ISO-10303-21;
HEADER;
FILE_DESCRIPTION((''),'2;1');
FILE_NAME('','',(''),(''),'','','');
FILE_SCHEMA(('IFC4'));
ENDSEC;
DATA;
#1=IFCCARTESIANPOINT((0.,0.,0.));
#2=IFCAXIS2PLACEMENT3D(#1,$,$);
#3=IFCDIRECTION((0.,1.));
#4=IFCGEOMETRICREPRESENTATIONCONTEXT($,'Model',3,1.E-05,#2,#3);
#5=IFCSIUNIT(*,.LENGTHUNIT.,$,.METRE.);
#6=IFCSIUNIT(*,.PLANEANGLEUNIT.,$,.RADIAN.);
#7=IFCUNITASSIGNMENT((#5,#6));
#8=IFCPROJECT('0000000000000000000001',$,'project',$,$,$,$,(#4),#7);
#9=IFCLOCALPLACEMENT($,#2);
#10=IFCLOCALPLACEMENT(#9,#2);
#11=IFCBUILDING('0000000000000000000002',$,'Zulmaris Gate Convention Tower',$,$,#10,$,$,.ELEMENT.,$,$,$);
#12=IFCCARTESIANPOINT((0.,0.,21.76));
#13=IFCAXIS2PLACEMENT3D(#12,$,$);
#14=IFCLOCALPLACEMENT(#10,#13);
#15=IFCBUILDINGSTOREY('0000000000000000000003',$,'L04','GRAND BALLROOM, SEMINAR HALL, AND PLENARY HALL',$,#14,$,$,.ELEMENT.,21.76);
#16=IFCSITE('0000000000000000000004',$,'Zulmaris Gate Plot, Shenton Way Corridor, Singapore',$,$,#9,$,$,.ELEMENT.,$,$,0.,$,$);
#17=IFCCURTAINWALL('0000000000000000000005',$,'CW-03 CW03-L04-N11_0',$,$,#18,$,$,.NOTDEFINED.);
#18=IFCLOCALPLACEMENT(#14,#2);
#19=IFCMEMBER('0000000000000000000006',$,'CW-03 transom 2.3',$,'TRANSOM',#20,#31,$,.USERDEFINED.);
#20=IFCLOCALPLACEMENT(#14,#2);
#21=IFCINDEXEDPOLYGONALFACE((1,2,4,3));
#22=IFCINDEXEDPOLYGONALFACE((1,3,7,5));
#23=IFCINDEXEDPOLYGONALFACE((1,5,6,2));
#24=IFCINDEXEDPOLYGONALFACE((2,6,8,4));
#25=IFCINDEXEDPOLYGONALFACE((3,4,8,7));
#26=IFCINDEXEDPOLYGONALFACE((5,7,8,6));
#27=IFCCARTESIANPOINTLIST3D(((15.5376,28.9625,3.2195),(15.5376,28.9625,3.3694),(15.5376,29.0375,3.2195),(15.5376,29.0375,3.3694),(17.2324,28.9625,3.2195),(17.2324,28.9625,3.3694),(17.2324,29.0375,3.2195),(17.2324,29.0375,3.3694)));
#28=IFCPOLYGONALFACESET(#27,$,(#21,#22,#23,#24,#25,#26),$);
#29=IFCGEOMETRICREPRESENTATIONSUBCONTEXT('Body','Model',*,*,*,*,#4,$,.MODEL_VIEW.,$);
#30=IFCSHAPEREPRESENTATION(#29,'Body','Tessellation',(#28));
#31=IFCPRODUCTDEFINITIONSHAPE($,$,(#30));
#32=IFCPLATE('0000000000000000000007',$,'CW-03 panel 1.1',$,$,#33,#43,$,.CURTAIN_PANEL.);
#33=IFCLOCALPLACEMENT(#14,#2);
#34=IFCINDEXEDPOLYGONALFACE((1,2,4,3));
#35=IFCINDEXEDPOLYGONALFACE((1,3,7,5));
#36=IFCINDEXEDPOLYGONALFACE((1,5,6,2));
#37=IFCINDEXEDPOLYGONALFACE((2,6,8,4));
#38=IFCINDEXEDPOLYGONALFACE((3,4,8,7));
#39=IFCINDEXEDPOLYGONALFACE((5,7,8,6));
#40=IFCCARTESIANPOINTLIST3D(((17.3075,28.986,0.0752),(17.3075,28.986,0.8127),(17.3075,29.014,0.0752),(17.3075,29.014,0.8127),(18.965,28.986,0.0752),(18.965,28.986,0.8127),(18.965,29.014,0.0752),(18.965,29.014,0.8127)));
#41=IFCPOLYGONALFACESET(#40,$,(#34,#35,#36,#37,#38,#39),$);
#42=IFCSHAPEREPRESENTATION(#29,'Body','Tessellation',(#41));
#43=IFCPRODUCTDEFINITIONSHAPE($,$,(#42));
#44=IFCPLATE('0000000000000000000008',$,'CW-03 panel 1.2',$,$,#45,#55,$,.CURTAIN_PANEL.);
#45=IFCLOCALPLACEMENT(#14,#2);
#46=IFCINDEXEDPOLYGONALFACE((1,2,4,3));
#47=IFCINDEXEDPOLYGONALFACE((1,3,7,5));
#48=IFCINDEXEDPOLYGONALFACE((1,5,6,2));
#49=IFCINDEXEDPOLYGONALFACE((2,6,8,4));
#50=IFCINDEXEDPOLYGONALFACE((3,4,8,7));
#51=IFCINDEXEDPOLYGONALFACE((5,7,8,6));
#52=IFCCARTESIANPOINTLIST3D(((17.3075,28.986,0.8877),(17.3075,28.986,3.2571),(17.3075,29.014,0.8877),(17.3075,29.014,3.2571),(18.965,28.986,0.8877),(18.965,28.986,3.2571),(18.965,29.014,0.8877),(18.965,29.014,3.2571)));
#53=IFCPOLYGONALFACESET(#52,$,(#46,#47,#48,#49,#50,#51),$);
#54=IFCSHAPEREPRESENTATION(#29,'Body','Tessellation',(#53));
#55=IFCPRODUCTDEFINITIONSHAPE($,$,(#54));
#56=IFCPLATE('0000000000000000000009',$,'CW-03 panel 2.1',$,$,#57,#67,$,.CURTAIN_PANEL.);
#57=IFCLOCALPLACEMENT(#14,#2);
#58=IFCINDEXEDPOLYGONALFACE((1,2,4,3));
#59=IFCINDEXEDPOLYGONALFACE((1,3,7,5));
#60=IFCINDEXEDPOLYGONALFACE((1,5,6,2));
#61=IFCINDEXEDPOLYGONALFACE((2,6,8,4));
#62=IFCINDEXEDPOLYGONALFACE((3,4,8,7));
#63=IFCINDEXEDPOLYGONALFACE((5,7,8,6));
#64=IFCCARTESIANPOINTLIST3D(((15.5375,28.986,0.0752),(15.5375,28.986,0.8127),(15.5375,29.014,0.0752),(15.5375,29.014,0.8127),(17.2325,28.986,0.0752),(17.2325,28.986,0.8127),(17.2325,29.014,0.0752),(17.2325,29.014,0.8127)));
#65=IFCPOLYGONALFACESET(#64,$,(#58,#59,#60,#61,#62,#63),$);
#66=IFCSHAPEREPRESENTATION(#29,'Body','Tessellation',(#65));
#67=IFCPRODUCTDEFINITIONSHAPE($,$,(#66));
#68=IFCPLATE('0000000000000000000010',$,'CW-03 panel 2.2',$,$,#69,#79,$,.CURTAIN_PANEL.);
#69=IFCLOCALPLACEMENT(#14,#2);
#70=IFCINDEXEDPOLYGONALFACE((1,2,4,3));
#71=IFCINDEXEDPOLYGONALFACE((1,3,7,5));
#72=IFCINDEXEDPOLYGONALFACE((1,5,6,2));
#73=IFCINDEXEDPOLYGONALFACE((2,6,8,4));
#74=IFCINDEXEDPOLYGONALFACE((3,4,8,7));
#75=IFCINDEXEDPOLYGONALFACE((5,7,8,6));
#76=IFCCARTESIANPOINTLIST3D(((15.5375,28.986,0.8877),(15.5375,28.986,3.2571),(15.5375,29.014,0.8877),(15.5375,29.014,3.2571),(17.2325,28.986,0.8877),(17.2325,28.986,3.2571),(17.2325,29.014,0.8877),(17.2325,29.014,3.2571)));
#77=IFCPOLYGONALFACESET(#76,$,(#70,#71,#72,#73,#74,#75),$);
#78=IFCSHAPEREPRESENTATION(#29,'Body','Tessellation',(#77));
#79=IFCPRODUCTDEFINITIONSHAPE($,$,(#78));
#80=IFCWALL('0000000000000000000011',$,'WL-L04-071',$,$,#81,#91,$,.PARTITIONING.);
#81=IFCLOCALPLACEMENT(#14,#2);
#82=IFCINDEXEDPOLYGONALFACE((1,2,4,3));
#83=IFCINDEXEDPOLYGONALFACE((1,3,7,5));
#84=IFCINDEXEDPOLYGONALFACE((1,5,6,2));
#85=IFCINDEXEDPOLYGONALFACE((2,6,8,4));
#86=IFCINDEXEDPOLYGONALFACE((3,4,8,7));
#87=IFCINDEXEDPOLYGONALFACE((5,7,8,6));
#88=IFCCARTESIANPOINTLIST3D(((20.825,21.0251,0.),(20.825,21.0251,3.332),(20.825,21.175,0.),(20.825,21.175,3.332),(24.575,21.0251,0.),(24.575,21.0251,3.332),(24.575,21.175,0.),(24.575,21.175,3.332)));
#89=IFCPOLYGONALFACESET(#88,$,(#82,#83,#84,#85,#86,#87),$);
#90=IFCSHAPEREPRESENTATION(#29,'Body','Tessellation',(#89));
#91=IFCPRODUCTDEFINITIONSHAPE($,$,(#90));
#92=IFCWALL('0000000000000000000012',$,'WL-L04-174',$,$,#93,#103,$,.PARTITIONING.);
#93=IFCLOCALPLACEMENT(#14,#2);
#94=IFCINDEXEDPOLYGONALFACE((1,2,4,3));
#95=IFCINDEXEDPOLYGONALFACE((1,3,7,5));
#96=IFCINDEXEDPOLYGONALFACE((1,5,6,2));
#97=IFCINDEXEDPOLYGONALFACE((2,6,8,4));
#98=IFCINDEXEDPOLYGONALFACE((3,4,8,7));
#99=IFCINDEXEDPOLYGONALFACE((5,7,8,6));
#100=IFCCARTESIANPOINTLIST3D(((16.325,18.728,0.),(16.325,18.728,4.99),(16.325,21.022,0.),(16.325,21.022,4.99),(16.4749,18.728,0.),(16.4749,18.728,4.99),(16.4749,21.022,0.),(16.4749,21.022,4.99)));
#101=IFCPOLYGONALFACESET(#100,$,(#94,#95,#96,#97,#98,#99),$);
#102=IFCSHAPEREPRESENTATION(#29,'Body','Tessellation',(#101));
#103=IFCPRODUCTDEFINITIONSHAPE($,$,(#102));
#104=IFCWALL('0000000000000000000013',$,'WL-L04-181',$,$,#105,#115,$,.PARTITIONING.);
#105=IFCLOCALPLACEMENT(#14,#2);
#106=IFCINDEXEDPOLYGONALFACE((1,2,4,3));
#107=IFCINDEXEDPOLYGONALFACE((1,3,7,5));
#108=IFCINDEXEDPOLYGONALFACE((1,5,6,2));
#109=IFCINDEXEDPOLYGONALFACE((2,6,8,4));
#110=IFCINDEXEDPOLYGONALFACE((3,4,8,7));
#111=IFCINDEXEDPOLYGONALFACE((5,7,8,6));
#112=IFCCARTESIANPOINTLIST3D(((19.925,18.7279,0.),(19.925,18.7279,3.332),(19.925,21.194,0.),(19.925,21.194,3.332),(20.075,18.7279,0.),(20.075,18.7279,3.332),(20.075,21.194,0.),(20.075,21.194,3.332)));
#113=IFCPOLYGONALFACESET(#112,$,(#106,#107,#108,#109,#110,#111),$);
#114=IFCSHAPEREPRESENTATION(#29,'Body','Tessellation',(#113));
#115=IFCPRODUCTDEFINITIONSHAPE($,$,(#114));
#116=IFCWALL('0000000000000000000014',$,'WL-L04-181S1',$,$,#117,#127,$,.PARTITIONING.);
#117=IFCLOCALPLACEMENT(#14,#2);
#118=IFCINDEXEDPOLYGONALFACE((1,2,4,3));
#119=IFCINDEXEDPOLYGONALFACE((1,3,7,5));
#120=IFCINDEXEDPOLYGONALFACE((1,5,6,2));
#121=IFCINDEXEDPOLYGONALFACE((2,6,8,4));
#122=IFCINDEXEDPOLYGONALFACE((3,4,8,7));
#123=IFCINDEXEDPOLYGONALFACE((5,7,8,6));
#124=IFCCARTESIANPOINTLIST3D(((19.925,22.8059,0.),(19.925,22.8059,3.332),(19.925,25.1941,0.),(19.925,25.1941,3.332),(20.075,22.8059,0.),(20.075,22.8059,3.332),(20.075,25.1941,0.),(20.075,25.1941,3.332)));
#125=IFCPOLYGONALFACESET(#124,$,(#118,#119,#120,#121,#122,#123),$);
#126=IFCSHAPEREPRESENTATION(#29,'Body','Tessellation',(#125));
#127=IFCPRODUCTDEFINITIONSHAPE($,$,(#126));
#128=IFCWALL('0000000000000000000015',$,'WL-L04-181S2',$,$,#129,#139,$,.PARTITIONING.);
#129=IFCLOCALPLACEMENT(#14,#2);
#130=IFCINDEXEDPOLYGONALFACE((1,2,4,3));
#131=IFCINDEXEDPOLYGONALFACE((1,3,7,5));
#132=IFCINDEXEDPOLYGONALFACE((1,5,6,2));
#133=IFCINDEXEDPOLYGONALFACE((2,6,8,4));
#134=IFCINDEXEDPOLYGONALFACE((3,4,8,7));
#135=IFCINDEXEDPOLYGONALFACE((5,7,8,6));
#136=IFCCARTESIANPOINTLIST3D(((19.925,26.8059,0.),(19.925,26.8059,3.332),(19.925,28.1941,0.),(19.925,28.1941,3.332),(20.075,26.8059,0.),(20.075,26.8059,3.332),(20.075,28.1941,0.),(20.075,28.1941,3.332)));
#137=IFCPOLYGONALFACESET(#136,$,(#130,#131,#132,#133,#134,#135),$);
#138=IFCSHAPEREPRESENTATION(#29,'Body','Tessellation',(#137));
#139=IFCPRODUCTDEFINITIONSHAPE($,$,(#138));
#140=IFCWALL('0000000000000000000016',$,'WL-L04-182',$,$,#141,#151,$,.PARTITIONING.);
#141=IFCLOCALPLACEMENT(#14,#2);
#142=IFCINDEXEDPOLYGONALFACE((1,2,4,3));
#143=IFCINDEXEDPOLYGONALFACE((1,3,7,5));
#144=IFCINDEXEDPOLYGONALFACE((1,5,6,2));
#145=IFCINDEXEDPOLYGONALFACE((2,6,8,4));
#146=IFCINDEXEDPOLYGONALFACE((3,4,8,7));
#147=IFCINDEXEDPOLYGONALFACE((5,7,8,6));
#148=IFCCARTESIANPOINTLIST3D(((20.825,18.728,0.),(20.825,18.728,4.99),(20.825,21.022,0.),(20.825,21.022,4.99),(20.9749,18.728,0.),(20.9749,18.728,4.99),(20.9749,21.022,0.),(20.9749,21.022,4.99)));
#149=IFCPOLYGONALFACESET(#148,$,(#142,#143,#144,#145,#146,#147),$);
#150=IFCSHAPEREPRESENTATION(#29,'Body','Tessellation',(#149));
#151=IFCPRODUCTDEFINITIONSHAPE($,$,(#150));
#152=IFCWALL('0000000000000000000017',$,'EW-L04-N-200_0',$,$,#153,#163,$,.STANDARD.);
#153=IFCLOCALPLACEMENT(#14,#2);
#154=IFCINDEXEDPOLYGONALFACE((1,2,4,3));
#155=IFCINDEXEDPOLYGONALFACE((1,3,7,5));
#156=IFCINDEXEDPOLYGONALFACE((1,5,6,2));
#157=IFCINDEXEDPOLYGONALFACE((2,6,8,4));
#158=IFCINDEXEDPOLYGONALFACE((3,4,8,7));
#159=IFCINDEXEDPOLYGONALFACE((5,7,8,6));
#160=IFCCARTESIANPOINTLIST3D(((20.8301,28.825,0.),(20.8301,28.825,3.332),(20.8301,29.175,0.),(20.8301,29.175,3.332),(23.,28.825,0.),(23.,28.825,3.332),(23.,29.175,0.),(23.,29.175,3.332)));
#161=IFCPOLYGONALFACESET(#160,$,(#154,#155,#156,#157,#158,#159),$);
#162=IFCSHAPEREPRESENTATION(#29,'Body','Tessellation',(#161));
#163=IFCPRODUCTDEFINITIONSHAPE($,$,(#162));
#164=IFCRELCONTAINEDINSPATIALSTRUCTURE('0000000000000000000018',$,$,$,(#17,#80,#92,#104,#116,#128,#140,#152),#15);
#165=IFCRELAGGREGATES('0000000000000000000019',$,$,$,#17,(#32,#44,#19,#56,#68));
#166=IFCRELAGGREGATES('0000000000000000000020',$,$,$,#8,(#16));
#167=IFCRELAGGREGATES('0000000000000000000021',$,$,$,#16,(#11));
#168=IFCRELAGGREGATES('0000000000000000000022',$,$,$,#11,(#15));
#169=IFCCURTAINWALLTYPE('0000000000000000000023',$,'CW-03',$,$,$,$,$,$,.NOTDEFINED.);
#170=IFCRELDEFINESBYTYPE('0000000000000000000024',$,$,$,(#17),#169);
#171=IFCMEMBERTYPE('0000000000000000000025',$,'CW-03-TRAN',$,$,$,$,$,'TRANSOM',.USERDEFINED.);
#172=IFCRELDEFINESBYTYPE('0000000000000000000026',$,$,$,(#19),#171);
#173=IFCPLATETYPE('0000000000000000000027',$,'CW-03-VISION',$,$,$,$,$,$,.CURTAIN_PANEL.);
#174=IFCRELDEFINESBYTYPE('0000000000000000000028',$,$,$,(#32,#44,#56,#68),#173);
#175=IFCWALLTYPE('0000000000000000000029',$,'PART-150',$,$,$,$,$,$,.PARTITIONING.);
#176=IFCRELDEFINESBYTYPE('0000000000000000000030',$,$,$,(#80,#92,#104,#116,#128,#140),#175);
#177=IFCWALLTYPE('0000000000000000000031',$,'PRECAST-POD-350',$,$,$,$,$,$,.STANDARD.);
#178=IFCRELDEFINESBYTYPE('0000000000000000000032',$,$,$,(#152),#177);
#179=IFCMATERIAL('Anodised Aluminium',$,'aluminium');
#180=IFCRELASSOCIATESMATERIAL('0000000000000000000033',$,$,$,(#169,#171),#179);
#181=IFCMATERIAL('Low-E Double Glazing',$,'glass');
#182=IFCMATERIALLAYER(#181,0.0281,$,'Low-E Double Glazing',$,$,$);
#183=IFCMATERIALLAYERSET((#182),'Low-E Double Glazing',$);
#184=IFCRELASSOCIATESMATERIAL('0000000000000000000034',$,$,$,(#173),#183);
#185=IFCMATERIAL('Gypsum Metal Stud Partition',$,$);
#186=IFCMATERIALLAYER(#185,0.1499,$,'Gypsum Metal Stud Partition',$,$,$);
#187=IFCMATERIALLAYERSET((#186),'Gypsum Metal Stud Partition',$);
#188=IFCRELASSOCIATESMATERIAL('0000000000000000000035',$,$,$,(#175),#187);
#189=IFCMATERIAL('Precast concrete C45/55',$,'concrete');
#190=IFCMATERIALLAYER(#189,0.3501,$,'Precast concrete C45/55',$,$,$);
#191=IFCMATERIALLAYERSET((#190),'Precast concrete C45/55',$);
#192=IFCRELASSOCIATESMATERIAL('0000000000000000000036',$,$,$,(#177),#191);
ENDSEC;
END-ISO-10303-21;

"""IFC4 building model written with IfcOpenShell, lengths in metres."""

from ifc_helpers import new_model, si_unit, direction, frame, frame_2d, origin, origin_2d, place, context, subcontext, project, spatial, rectangle, extrude, material, layer, layer_set, material_profile, profile_set, type_object, element, aggregate, save


model = new_model("IFC4")

# Units and contexts
model_context = context("Model", 3, precision=1e-05, world=origin(), true_north=direction((0.0, 1.0)))
body_context = subcontext(model_context, "Body", "Model", "MODEL_VIEW")
ifc_project = project(units=[si_unit("LENGTHUNIT", "METRE"), si_unit("PLANEANGLEUNIT", "RADIAN")], contexts=[model_context])

# Site, building, storey
site_placement = place(None, origin())
site = spatial("IfcSite", under=ifc_project, at=site_placement, Name="Zulmaris Gate Plot, Shenton Way Corridor, Singapore", CompositionType="ELEMENT", RefElevation=0.0)
building_placement = place(site_placement, origin())
building = spatial("IfcBuilding", under=site, at=building_placement, Name="Zulmaris Gate Convention Tower", CompositionType="ELEMENT")
storey_placement = place(building_placement, frame((0.0, 0.0, 21.76)))
storey = spatial("IfcBuildingStorey", under=building, at=storey_placement, Name="L04", Description="GRAND BALLROOM, SEMINAR HALL, AND PLENARY HALL", CompositionType="ELEMENT", Elevation=21.76)

# Curtain wall, member, plates
ifc_material_1 = material(Name="Anodised Aluminium", Category="aluminium")
curtain_wall_type = type_object("IfcCurtainWallType", Name="CW-03", PredefinedType="NOTDEFINED", material=ifc_material_1)
curtain_wall_placement = place(storey_placement, origin())
curtain_wall = element("IfcCurtainWall", 1, at=curtain_wall_placement, inside=storey, type_object=curtain_wall_type, Name="CW-03 CW03-L04-N11_0", PredefinedType="NOTDEFINED")
ifc_material_profile_1 = material_profile(ifc_material_1, rectangle(XDim=0.075, YDim=0.1499, at=origin_2d()), Name="ALU TRANSOM 75x150")
ifc_profile_set_1 = profile_set([ifc_material_profile_1], Name="Anodised Aluminium")
member_type_1 = type_object("IfcMemberType", Name="CW-03-TRAN", ElementType="TRANSOM", PredefinedType="USERDEFINED", material=ifc_profile_set_1)
member_1_placement = place(storey_placement, frame((17.2324, 29.0, 3.2944), z_axis=(-1.0, 0.0, 0.0), x_axis=(0.0, -1.0, 0.0)))
member_1 = element("IfcMember", 2, at=member_1_placement, type_object=member_type_1, Name="CW-03 transom 2.3", ObjectType="TRANSOM", PredefinedType="USERDEFINED", context=body_context, shape_type="SweptSolid", body=[
    extrude(rectangle(XDim=0.075, YDim=0.1499, at=origin_2d()), origin(), (0.0, 0.0, 1.0), 1.6948),
])
ifc_material_2 = material(Name="Low-E Double Glazing", Category="glass")
ifc_layer_1 = layer(ifc_material_2, 0.0281, Name="Low-E Double Glazing")
ifc_layer_set_1 = layer_set([ifc_layer_1], Name="Low-E Double Glazing")
plate_type = type_object("IfcPlateType", Name="CW-03-VISION", PredefinedType="CURTAIN_PANEL", material=ifc_layer_set_1)
plate_1_placement = place(storey_placement, frame((18.1362, 29.0, 0.0752), z_axis=(0.0, 0.0, 1.0), x_axis=(-1.0, 0.0, 0.0)))
plate_1 = element("IfcPlate", 3, at=plate_1_placement, type_object=plate_type, Name="CW-03 panel 1.1", PredefinedType="CURTAIN_PANEL", context=body_context, shape_type="SweptSolid", body=[
    extrude(rectangle(XDim=1.6575, YDim=0.0281, at=origin_2d()), origin(), (0.0, 0.0, 1.0), 0.7375),
])
plate_2_placement = place(storey_placement, frame((18.1362, 29.0, 0.8877), z_axis=(0.0, 0.0, 1.0), x_axis=(-1.0, 0.0, 0.0)))
plate_2 = element("IfcPlate", 4, at=plate_2_placement, type_object=plate_type, Name="CW-03 panel 1.2", PredefinedType="CURTAIN_PANEL", context=body_context, shape_type="SweptSolid", body=[
    extrude(rectangle(XDim=1.6575, YDim=0.0281, at=origin_2d()), origin(), (0.0, 0.0, 1.0), 2.3694),
])
plate_3_placement = place(storey_placement, frame((16.385, 29.0, 0.0752), z_axis=(0.0, 0.0, 1.0), x_axis=(-1.0, 0.0, 0.0)))
plate_3 = element("IfcPlate", 5, at=plate_3_placement, type_object=plate_type, Name="CW-03 panel 2.1", PredefinedType="CURTAIN_PANEL", context=body_context, shape_type="SweptSolid", body=[
    extrude(rectangle(XDim=1.6951, YDim=0.0281, at=origin_2d()), origin(), (0.0, 0.0, 1.0), 0.7375),
])
plate_4_placement = place(storey_placement, frame((16.385, 29.0, 0.8877), z_axis=(0.0, 0.0, 1.0), x_axis=(-1.0, 0.0, 0.0)))
plate_4 = element("IfcPlate", 6, at=plate_4_placement, type_object=plate_type, Name="CW-03 panel 2.2", PredefinedType="CURTAIN_PANEL", context=body_context, shape_type="SweptSolid", body=[
    extrude(rectangle(XDim=1.6951, YDim=0.0281, at=origin_2d()), origin(), (0.0, 0.0, 1.0), 2.3694),
])
aggregate(curtain_wall, [plate_1, plate_2, member_1, plate_3, plate_4])

# Walls
ifc_material_3 = material(Name="Gypsum Metal Stud Partition")
ifc_layer_2 = layer(ifc_material_3, 0.1499, Name="Gypsum Metal Stud Partition")
ifc_layer_set_2 = layer_set([ifc_layer_2], Name="Gypsum Metal Stud Partition")
wall_type_1 = type_object("IfcWallType", Name="PART-150", PredefinedType="PARTITIONING", material=ifc_layer_set_2)
wall_1_placement = place(storey_placement, frame((20.825, 21.1001, 0.0), z_axis=(0.0, 0.0, 1.0), x_axis=(1.0, 0.0, 0.0)))
element("IfcWall", 7, at=wall_1_placement, inside=storey, type_object=wall_type_1, Name="WL-L04-071", PredefinedType="PARTITIONING", context=body_context, shape_type="SweptSolid", body=[
    extrude(rectangle(XDim=3.75, YDim=0.1499, at=frame_2d((1.875, 0.0))), origin(), (0.0, 0.0, 1.0), 3.332),
])
wall_2_placement = place(storey_placement, frame((16.3999, 18.728, 0.0), z_axis=(0.0, 0.0, 1.0), x_axis=(0.0, 1.0, 0.0)))
element("IfcWall", 8, at=wall_2_placement, inside=storey, type_object=wall_type_1, Name="WL-L04-174", PredefinedType="PARTITIONING", context=body_context, shape_type="SweptSolid", body=[
    extrude(rectangle(XDim=2.2939, YDim=0.1499, at=frame_2d((1.147, 0.0))), origin(), (0.0, 0.0, 1.0), 4.99),
])
wall_3_placement = place(storey_placement, frame((20.0, 18.728, 0.0), z_axis=(0.0, 0.0, 1.0), x_axis=(0.0, 1.0, 0.0)))
element("IfcWall", 9, at=wall_3_placement, inside=storey, type_object=wall_type_1, Name="WL-L04-181", PredefinedType="PARTITIONING", context=body_context, shape_type="SweptSolid", body=[
    extrude(rectangle(XDim=2.4661, YDim=0.1499, at=frame_2d((1.2329, 0.0))), origin(), (0.0, 0.0, 1.0), 3.332),
])
wall_4_placement = place(storey_placement, frame((20.0, 22.8059, 0.0), z_axis=(0.0, 0.0, 1.0), x_axis=(0.0, 1.0, 0.0)))
element("IfcWall", 10, at=wall_4_placement, inside=storey, type_object=wall_type_1, Name="WL-L04-181S1", PredefinedType="PARTITIONING", context=body_context, shape_type="SweptSolid", body=[
    extrude(rectangle(XDim=2.3882, YDim=0.1499, at=frame_2d((1.1941, 0.0))), origin(), (0.0, 0.0, 1.0), 3.332),
])
wall_5_placement = place(storey_placement, frame((20.0, 26.8059, 0.0), z_axis=(0.0, 0.0, 1.0), x_axis=(0.0, 1.0, 0.0)))
element("IfcWall", 11, at=wall_5_placement, inside=storey, type_object=wall_type_1, Name="WL-L04-181S2", PredefinedType="PARTITIONING", context=body_context, shape_type="SweptSolid", body=[
    extrude(rectangle(XDim=1.3882, YDim=0.1499, at=frame_2d((0.6941, 0.0))), origin(), (0.0, 0.0, 1.0), 3.332),
])
wall_6_placement = place(storey_placement, frame((20.8999, 18.728, 0.0), z_axis=(0.0, 0.0, 1.0), x_axis=(0.0, 1.0, 0.0)))
element("IfcWall", 12, at=wall_6_placement, inside=storey, type_object=wall_type_1, Name="WL-L04-182", PredefinedType="PARTITIONING", context=body_context, shape_type="SweptSolid", body=[
    extrude(rectangle(XDim=2.2939, YDim=0.1499, at=frame_2d((1.147, 0.0))), origin(), (0.0, 0.0, 1.0), 4.99),
])
ifc_material_4 = material(Name="Precast concrete C45/55", Category="concrete")
ifc_layer_3 = layer(ifc_material_4, 0.3501, Name="Precast concrete C45/55")
ifc_layer_set_3 = layer_set([ifc_layer_3], Name="Precast concrete C45/55")
wall_type_2 = type_object("IfcWallType", Name="PRECAST-POD-350", PredefinedType="STANDARD", material=ifc_layer_set_3)
wall_7_placement = place(storey_placement, frame((23.0, 29.0, 0.0), z_axis=(0.0, 0.0, 1.0), x_axis=(-1.0, 0.0, 0.0)))
element("IfcWall", 13, at=wall_7_placement, inside=storey, type_object=wall_type_2, Name="EW-L04-N-200_0", PredefinedType="STANDARD", context=body_context, shape_type="SweptSolid", body=[
    extrude(rectangle(XDim=2.1699, YDim=0.3501, at=frame_2d((1.085, 0.0))), origin(), (0.0, 0.0, 1.0), 3.332),
])

save(model, "model.ifc")
